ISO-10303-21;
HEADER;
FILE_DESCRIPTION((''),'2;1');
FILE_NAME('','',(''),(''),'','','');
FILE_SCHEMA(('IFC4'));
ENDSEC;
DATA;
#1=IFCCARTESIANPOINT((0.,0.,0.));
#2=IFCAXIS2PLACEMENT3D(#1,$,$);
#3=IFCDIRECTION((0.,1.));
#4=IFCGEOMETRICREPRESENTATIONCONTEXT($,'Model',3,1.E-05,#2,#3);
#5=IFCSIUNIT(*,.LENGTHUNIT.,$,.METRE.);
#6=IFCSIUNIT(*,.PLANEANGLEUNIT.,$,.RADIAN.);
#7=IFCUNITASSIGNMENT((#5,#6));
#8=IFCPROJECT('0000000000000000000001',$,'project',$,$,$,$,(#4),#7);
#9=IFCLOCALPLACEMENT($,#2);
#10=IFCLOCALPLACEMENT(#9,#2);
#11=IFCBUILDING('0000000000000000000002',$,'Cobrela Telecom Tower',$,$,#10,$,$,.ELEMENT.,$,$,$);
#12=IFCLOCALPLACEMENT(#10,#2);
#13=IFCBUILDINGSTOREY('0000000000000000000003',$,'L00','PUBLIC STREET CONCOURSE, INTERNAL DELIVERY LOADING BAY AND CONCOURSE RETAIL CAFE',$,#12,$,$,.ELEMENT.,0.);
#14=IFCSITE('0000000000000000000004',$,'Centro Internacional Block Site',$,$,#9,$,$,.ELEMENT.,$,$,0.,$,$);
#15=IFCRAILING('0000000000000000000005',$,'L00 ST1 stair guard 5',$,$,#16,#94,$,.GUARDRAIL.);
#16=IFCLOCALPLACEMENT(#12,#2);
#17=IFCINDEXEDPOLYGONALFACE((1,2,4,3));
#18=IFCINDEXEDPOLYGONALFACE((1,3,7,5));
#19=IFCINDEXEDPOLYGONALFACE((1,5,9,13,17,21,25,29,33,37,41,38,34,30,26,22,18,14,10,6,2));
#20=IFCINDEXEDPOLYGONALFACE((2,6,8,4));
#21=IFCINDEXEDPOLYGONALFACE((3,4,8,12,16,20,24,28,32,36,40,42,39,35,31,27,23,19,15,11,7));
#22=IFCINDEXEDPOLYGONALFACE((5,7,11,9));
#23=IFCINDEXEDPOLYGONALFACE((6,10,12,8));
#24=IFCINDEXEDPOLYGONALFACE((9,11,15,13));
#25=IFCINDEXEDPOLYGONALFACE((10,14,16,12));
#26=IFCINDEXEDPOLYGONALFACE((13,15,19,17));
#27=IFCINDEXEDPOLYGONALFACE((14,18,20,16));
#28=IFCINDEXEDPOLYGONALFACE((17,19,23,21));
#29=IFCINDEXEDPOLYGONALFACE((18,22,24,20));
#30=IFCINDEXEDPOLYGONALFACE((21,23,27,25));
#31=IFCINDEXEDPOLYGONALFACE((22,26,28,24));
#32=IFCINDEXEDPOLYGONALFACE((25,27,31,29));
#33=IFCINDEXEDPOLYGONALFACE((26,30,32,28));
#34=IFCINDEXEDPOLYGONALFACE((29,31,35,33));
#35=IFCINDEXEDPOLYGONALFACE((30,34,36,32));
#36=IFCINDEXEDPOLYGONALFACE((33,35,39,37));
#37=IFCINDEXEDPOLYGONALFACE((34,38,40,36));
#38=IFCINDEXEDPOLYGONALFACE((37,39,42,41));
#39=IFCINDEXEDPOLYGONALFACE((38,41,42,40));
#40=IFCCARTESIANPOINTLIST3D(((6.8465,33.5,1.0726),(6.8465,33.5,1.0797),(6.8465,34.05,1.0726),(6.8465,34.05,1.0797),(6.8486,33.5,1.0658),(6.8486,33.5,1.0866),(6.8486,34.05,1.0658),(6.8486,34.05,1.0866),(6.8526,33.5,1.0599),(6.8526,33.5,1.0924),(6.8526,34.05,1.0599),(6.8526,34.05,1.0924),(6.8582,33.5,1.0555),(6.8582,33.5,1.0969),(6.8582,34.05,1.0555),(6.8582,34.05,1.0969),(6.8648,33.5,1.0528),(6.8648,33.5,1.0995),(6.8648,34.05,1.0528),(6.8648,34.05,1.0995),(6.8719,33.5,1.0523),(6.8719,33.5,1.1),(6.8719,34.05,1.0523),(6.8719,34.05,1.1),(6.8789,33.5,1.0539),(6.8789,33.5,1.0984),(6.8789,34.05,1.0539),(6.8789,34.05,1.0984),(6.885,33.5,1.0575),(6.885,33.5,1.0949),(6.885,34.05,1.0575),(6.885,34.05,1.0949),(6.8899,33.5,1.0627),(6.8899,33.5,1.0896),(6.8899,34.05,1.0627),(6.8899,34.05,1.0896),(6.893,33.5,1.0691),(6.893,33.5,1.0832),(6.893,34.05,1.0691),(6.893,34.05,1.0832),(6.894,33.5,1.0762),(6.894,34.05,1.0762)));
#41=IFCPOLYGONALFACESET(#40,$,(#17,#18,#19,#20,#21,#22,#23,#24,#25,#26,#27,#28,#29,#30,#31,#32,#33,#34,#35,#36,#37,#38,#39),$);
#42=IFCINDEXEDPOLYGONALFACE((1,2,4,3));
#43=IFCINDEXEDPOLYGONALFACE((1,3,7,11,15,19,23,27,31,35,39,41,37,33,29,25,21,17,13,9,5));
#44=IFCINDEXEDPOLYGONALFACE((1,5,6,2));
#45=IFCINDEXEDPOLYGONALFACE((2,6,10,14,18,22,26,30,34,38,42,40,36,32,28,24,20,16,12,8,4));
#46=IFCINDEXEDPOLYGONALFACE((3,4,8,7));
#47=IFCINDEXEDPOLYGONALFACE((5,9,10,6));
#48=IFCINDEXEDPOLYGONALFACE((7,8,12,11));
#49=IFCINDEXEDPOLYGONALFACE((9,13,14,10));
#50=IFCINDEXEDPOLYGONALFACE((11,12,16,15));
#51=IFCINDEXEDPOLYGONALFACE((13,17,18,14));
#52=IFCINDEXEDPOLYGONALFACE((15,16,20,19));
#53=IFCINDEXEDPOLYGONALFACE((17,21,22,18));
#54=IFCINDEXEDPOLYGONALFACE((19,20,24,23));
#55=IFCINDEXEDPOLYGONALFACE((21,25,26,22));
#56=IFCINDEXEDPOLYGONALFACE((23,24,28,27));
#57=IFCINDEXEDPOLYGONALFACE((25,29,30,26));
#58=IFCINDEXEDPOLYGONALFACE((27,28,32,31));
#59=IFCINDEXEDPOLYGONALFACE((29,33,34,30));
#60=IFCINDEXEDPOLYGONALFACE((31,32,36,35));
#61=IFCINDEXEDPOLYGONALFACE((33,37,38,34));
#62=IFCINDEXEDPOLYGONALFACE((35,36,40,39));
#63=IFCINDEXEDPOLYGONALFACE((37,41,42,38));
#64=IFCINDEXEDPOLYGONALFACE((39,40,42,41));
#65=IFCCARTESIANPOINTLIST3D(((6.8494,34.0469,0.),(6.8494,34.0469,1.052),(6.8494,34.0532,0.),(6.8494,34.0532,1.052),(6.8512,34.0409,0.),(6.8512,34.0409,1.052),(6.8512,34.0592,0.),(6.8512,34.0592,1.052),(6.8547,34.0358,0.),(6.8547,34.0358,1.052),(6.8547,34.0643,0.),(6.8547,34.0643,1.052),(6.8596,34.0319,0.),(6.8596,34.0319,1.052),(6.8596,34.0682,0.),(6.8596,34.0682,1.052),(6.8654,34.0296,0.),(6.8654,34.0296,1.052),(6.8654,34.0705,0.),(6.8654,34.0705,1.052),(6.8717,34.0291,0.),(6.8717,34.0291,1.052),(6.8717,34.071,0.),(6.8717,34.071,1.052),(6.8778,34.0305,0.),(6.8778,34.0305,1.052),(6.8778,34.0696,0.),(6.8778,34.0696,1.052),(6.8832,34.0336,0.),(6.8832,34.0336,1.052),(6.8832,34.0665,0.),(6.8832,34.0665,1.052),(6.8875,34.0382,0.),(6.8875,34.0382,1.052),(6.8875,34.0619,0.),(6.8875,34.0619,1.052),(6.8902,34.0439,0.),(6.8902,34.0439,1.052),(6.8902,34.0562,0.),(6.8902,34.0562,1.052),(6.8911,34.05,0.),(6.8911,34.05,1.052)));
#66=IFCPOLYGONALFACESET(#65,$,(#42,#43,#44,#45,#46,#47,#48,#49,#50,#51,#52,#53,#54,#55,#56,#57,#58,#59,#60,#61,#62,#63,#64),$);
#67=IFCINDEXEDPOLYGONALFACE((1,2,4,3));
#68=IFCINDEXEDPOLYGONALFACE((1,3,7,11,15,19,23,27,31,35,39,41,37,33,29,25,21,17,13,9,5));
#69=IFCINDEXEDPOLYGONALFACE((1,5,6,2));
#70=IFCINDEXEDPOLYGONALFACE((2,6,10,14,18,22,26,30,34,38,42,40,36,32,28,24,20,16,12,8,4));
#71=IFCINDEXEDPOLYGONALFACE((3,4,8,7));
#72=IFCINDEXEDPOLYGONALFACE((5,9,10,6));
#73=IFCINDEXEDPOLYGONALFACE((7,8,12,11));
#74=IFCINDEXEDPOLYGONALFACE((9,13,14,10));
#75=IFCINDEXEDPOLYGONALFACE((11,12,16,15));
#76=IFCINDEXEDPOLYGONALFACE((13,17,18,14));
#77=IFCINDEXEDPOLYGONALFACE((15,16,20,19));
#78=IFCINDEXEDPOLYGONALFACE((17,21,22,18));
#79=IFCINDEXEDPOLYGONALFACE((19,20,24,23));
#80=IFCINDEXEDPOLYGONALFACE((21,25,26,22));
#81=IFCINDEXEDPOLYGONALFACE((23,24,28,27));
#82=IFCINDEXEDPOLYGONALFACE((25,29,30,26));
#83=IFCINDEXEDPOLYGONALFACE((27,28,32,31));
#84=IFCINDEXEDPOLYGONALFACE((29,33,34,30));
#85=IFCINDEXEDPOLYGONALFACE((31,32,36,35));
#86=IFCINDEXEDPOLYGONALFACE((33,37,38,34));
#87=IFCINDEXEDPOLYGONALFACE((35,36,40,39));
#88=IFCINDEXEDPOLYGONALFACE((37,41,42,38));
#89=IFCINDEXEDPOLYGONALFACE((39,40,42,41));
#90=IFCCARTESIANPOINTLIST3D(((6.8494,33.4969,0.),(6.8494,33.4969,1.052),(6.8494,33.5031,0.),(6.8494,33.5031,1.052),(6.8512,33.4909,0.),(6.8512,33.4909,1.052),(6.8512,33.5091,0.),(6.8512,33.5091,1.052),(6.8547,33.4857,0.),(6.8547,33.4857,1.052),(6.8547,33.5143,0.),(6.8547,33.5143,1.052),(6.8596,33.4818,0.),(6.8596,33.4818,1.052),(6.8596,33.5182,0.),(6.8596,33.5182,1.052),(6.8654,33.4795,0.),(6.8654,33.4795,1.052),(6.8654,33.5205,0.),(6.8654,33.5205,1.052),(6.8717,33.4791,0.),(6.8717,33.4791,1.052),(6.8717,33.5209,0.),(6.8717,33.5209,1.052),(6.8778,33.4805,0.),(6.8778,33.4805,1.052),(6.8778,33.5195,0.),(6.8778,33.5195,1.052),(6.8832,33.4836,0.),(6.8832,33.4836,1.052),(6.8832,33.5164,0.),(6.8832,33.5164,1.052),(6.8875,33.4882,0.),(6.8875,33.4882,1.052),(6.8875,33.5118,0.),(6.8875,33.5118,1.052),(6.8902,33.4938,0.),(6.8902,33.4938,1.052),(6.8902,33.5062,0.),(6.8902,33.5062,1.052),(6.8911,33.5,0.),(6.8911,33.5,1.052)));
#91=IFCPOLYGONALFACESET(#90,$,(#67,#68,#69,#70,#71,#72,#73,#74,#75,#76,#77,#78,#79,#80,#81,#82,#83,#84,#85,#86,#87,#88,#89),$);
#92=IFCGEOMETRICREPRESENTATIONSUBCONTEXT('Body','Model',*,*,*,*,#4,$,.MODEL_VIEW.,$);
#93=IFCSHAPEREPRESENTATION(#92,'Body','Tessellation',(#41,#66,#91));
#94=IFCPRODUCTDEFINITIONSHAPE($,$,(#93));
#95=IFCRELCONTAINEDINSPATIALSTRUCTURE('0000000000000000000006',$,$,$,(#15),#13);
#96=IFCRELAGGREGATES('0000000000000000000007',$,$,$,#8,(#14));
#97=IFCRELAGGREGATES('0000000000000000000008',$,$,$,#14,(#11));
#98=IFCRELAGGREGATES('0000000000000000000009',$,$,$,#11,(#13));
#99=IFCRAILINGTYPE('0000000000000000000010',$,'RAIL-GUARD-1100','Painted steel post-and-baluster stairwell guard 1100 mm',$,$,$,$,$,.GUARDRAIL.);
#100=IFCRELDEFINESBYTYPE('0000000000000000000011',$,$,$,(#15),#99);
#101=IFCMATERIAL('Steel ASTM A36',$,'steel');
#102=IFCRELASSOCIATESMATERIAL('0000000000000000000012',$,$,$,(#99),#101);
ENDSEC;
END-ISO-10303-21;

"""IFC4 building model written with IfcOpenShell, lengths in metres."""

from ifc_helpers import new_model, si_unit, direction, frame, origin, origin_2d, place, context, subcontext, project, spatial, circle, extrude, material, type_object, element, save


model = new_model("IFC4")

# Units and contexts
model_context = context("Model", 3, precision=1e-05, world=origin(), true_north=direction((0.0, 1.0)))
body_context = subcontext(model_context, "Body", "Model", "MODEL_VIEW")
ifc_project = project(units=[si_unit("LENGTHUNIT", "METRE"), si_unit("PLANEANGLEUNIT", "RADIAN")], contexts=[model_context])

# Site, building, storey
site_placement = place(None, origin())
site = spatial("IfcSite", under=ifc_project, at=site_placement, Name="Centro Internacional Block Site", CompositionType="ELEMENT", RefElevation=0.0)
building_placement = place(site_placement, origin())
building = spatial("IfcBuilding", under=site, at=building_placement, Name="Cobrela Telecom Tower", CompositionType="ELEMENT")
storey_placement = place(building_placement, origin())
storey = spatial("IfcBuildingStorey", under=building, at=storey_placement, Name="L00", Description="PUBLIC STREET CONCOURSE, INTERNAL DELIVERY LOADING BAY AND CONCOURSE RETAIL CAFE", CompositionType="ELEMENT", Elevation=0.0)

# Shared definitions
ifc_material_1 = material(Name="Steel ASTM A36", Category="steel")

# Railing
railing_type_1 = type_object("IfcRailingType", Name="RAIL-GUARD-1100", Description="Painted steel post-and-baluster stairwell guard 1100 mm", PredefinedType="GUARDRAIL", material=ifc_material_1)
railing_1_placement = place(storey_placement, frame((6.8701, 34.05, 0.0)))
element("IfcRailing", 1, at=railing_1_placement, inside=storey, type_object=railing_type_1, Name="L00 ST1 stair guard 5", PredefinedType="GUARDRAIL", context=body_context, shape_type="SweptSolid", body=[
    extrude(circle(Radius=0.0239, at=origin_2d()), frame((0.0, 0.0, 1.0762), z_axis=(0.0, -1.0, 0.0), x_axis=(1.0, 0.0, 0.0)), (0.0, 0.0, 1.0), 0.55),
    extrude(circle(Radius=0.021, at=origin_2d()), origin(), (0.0, 0.0, 1.0), 1.052),
    extrude(circle(Radius=0.021, at=origin_2d()), frame((0.0, -0.55, 0.0)), (0.0, 0.0, 1.0), 1.052),
])

save(model, "model.ifc")
